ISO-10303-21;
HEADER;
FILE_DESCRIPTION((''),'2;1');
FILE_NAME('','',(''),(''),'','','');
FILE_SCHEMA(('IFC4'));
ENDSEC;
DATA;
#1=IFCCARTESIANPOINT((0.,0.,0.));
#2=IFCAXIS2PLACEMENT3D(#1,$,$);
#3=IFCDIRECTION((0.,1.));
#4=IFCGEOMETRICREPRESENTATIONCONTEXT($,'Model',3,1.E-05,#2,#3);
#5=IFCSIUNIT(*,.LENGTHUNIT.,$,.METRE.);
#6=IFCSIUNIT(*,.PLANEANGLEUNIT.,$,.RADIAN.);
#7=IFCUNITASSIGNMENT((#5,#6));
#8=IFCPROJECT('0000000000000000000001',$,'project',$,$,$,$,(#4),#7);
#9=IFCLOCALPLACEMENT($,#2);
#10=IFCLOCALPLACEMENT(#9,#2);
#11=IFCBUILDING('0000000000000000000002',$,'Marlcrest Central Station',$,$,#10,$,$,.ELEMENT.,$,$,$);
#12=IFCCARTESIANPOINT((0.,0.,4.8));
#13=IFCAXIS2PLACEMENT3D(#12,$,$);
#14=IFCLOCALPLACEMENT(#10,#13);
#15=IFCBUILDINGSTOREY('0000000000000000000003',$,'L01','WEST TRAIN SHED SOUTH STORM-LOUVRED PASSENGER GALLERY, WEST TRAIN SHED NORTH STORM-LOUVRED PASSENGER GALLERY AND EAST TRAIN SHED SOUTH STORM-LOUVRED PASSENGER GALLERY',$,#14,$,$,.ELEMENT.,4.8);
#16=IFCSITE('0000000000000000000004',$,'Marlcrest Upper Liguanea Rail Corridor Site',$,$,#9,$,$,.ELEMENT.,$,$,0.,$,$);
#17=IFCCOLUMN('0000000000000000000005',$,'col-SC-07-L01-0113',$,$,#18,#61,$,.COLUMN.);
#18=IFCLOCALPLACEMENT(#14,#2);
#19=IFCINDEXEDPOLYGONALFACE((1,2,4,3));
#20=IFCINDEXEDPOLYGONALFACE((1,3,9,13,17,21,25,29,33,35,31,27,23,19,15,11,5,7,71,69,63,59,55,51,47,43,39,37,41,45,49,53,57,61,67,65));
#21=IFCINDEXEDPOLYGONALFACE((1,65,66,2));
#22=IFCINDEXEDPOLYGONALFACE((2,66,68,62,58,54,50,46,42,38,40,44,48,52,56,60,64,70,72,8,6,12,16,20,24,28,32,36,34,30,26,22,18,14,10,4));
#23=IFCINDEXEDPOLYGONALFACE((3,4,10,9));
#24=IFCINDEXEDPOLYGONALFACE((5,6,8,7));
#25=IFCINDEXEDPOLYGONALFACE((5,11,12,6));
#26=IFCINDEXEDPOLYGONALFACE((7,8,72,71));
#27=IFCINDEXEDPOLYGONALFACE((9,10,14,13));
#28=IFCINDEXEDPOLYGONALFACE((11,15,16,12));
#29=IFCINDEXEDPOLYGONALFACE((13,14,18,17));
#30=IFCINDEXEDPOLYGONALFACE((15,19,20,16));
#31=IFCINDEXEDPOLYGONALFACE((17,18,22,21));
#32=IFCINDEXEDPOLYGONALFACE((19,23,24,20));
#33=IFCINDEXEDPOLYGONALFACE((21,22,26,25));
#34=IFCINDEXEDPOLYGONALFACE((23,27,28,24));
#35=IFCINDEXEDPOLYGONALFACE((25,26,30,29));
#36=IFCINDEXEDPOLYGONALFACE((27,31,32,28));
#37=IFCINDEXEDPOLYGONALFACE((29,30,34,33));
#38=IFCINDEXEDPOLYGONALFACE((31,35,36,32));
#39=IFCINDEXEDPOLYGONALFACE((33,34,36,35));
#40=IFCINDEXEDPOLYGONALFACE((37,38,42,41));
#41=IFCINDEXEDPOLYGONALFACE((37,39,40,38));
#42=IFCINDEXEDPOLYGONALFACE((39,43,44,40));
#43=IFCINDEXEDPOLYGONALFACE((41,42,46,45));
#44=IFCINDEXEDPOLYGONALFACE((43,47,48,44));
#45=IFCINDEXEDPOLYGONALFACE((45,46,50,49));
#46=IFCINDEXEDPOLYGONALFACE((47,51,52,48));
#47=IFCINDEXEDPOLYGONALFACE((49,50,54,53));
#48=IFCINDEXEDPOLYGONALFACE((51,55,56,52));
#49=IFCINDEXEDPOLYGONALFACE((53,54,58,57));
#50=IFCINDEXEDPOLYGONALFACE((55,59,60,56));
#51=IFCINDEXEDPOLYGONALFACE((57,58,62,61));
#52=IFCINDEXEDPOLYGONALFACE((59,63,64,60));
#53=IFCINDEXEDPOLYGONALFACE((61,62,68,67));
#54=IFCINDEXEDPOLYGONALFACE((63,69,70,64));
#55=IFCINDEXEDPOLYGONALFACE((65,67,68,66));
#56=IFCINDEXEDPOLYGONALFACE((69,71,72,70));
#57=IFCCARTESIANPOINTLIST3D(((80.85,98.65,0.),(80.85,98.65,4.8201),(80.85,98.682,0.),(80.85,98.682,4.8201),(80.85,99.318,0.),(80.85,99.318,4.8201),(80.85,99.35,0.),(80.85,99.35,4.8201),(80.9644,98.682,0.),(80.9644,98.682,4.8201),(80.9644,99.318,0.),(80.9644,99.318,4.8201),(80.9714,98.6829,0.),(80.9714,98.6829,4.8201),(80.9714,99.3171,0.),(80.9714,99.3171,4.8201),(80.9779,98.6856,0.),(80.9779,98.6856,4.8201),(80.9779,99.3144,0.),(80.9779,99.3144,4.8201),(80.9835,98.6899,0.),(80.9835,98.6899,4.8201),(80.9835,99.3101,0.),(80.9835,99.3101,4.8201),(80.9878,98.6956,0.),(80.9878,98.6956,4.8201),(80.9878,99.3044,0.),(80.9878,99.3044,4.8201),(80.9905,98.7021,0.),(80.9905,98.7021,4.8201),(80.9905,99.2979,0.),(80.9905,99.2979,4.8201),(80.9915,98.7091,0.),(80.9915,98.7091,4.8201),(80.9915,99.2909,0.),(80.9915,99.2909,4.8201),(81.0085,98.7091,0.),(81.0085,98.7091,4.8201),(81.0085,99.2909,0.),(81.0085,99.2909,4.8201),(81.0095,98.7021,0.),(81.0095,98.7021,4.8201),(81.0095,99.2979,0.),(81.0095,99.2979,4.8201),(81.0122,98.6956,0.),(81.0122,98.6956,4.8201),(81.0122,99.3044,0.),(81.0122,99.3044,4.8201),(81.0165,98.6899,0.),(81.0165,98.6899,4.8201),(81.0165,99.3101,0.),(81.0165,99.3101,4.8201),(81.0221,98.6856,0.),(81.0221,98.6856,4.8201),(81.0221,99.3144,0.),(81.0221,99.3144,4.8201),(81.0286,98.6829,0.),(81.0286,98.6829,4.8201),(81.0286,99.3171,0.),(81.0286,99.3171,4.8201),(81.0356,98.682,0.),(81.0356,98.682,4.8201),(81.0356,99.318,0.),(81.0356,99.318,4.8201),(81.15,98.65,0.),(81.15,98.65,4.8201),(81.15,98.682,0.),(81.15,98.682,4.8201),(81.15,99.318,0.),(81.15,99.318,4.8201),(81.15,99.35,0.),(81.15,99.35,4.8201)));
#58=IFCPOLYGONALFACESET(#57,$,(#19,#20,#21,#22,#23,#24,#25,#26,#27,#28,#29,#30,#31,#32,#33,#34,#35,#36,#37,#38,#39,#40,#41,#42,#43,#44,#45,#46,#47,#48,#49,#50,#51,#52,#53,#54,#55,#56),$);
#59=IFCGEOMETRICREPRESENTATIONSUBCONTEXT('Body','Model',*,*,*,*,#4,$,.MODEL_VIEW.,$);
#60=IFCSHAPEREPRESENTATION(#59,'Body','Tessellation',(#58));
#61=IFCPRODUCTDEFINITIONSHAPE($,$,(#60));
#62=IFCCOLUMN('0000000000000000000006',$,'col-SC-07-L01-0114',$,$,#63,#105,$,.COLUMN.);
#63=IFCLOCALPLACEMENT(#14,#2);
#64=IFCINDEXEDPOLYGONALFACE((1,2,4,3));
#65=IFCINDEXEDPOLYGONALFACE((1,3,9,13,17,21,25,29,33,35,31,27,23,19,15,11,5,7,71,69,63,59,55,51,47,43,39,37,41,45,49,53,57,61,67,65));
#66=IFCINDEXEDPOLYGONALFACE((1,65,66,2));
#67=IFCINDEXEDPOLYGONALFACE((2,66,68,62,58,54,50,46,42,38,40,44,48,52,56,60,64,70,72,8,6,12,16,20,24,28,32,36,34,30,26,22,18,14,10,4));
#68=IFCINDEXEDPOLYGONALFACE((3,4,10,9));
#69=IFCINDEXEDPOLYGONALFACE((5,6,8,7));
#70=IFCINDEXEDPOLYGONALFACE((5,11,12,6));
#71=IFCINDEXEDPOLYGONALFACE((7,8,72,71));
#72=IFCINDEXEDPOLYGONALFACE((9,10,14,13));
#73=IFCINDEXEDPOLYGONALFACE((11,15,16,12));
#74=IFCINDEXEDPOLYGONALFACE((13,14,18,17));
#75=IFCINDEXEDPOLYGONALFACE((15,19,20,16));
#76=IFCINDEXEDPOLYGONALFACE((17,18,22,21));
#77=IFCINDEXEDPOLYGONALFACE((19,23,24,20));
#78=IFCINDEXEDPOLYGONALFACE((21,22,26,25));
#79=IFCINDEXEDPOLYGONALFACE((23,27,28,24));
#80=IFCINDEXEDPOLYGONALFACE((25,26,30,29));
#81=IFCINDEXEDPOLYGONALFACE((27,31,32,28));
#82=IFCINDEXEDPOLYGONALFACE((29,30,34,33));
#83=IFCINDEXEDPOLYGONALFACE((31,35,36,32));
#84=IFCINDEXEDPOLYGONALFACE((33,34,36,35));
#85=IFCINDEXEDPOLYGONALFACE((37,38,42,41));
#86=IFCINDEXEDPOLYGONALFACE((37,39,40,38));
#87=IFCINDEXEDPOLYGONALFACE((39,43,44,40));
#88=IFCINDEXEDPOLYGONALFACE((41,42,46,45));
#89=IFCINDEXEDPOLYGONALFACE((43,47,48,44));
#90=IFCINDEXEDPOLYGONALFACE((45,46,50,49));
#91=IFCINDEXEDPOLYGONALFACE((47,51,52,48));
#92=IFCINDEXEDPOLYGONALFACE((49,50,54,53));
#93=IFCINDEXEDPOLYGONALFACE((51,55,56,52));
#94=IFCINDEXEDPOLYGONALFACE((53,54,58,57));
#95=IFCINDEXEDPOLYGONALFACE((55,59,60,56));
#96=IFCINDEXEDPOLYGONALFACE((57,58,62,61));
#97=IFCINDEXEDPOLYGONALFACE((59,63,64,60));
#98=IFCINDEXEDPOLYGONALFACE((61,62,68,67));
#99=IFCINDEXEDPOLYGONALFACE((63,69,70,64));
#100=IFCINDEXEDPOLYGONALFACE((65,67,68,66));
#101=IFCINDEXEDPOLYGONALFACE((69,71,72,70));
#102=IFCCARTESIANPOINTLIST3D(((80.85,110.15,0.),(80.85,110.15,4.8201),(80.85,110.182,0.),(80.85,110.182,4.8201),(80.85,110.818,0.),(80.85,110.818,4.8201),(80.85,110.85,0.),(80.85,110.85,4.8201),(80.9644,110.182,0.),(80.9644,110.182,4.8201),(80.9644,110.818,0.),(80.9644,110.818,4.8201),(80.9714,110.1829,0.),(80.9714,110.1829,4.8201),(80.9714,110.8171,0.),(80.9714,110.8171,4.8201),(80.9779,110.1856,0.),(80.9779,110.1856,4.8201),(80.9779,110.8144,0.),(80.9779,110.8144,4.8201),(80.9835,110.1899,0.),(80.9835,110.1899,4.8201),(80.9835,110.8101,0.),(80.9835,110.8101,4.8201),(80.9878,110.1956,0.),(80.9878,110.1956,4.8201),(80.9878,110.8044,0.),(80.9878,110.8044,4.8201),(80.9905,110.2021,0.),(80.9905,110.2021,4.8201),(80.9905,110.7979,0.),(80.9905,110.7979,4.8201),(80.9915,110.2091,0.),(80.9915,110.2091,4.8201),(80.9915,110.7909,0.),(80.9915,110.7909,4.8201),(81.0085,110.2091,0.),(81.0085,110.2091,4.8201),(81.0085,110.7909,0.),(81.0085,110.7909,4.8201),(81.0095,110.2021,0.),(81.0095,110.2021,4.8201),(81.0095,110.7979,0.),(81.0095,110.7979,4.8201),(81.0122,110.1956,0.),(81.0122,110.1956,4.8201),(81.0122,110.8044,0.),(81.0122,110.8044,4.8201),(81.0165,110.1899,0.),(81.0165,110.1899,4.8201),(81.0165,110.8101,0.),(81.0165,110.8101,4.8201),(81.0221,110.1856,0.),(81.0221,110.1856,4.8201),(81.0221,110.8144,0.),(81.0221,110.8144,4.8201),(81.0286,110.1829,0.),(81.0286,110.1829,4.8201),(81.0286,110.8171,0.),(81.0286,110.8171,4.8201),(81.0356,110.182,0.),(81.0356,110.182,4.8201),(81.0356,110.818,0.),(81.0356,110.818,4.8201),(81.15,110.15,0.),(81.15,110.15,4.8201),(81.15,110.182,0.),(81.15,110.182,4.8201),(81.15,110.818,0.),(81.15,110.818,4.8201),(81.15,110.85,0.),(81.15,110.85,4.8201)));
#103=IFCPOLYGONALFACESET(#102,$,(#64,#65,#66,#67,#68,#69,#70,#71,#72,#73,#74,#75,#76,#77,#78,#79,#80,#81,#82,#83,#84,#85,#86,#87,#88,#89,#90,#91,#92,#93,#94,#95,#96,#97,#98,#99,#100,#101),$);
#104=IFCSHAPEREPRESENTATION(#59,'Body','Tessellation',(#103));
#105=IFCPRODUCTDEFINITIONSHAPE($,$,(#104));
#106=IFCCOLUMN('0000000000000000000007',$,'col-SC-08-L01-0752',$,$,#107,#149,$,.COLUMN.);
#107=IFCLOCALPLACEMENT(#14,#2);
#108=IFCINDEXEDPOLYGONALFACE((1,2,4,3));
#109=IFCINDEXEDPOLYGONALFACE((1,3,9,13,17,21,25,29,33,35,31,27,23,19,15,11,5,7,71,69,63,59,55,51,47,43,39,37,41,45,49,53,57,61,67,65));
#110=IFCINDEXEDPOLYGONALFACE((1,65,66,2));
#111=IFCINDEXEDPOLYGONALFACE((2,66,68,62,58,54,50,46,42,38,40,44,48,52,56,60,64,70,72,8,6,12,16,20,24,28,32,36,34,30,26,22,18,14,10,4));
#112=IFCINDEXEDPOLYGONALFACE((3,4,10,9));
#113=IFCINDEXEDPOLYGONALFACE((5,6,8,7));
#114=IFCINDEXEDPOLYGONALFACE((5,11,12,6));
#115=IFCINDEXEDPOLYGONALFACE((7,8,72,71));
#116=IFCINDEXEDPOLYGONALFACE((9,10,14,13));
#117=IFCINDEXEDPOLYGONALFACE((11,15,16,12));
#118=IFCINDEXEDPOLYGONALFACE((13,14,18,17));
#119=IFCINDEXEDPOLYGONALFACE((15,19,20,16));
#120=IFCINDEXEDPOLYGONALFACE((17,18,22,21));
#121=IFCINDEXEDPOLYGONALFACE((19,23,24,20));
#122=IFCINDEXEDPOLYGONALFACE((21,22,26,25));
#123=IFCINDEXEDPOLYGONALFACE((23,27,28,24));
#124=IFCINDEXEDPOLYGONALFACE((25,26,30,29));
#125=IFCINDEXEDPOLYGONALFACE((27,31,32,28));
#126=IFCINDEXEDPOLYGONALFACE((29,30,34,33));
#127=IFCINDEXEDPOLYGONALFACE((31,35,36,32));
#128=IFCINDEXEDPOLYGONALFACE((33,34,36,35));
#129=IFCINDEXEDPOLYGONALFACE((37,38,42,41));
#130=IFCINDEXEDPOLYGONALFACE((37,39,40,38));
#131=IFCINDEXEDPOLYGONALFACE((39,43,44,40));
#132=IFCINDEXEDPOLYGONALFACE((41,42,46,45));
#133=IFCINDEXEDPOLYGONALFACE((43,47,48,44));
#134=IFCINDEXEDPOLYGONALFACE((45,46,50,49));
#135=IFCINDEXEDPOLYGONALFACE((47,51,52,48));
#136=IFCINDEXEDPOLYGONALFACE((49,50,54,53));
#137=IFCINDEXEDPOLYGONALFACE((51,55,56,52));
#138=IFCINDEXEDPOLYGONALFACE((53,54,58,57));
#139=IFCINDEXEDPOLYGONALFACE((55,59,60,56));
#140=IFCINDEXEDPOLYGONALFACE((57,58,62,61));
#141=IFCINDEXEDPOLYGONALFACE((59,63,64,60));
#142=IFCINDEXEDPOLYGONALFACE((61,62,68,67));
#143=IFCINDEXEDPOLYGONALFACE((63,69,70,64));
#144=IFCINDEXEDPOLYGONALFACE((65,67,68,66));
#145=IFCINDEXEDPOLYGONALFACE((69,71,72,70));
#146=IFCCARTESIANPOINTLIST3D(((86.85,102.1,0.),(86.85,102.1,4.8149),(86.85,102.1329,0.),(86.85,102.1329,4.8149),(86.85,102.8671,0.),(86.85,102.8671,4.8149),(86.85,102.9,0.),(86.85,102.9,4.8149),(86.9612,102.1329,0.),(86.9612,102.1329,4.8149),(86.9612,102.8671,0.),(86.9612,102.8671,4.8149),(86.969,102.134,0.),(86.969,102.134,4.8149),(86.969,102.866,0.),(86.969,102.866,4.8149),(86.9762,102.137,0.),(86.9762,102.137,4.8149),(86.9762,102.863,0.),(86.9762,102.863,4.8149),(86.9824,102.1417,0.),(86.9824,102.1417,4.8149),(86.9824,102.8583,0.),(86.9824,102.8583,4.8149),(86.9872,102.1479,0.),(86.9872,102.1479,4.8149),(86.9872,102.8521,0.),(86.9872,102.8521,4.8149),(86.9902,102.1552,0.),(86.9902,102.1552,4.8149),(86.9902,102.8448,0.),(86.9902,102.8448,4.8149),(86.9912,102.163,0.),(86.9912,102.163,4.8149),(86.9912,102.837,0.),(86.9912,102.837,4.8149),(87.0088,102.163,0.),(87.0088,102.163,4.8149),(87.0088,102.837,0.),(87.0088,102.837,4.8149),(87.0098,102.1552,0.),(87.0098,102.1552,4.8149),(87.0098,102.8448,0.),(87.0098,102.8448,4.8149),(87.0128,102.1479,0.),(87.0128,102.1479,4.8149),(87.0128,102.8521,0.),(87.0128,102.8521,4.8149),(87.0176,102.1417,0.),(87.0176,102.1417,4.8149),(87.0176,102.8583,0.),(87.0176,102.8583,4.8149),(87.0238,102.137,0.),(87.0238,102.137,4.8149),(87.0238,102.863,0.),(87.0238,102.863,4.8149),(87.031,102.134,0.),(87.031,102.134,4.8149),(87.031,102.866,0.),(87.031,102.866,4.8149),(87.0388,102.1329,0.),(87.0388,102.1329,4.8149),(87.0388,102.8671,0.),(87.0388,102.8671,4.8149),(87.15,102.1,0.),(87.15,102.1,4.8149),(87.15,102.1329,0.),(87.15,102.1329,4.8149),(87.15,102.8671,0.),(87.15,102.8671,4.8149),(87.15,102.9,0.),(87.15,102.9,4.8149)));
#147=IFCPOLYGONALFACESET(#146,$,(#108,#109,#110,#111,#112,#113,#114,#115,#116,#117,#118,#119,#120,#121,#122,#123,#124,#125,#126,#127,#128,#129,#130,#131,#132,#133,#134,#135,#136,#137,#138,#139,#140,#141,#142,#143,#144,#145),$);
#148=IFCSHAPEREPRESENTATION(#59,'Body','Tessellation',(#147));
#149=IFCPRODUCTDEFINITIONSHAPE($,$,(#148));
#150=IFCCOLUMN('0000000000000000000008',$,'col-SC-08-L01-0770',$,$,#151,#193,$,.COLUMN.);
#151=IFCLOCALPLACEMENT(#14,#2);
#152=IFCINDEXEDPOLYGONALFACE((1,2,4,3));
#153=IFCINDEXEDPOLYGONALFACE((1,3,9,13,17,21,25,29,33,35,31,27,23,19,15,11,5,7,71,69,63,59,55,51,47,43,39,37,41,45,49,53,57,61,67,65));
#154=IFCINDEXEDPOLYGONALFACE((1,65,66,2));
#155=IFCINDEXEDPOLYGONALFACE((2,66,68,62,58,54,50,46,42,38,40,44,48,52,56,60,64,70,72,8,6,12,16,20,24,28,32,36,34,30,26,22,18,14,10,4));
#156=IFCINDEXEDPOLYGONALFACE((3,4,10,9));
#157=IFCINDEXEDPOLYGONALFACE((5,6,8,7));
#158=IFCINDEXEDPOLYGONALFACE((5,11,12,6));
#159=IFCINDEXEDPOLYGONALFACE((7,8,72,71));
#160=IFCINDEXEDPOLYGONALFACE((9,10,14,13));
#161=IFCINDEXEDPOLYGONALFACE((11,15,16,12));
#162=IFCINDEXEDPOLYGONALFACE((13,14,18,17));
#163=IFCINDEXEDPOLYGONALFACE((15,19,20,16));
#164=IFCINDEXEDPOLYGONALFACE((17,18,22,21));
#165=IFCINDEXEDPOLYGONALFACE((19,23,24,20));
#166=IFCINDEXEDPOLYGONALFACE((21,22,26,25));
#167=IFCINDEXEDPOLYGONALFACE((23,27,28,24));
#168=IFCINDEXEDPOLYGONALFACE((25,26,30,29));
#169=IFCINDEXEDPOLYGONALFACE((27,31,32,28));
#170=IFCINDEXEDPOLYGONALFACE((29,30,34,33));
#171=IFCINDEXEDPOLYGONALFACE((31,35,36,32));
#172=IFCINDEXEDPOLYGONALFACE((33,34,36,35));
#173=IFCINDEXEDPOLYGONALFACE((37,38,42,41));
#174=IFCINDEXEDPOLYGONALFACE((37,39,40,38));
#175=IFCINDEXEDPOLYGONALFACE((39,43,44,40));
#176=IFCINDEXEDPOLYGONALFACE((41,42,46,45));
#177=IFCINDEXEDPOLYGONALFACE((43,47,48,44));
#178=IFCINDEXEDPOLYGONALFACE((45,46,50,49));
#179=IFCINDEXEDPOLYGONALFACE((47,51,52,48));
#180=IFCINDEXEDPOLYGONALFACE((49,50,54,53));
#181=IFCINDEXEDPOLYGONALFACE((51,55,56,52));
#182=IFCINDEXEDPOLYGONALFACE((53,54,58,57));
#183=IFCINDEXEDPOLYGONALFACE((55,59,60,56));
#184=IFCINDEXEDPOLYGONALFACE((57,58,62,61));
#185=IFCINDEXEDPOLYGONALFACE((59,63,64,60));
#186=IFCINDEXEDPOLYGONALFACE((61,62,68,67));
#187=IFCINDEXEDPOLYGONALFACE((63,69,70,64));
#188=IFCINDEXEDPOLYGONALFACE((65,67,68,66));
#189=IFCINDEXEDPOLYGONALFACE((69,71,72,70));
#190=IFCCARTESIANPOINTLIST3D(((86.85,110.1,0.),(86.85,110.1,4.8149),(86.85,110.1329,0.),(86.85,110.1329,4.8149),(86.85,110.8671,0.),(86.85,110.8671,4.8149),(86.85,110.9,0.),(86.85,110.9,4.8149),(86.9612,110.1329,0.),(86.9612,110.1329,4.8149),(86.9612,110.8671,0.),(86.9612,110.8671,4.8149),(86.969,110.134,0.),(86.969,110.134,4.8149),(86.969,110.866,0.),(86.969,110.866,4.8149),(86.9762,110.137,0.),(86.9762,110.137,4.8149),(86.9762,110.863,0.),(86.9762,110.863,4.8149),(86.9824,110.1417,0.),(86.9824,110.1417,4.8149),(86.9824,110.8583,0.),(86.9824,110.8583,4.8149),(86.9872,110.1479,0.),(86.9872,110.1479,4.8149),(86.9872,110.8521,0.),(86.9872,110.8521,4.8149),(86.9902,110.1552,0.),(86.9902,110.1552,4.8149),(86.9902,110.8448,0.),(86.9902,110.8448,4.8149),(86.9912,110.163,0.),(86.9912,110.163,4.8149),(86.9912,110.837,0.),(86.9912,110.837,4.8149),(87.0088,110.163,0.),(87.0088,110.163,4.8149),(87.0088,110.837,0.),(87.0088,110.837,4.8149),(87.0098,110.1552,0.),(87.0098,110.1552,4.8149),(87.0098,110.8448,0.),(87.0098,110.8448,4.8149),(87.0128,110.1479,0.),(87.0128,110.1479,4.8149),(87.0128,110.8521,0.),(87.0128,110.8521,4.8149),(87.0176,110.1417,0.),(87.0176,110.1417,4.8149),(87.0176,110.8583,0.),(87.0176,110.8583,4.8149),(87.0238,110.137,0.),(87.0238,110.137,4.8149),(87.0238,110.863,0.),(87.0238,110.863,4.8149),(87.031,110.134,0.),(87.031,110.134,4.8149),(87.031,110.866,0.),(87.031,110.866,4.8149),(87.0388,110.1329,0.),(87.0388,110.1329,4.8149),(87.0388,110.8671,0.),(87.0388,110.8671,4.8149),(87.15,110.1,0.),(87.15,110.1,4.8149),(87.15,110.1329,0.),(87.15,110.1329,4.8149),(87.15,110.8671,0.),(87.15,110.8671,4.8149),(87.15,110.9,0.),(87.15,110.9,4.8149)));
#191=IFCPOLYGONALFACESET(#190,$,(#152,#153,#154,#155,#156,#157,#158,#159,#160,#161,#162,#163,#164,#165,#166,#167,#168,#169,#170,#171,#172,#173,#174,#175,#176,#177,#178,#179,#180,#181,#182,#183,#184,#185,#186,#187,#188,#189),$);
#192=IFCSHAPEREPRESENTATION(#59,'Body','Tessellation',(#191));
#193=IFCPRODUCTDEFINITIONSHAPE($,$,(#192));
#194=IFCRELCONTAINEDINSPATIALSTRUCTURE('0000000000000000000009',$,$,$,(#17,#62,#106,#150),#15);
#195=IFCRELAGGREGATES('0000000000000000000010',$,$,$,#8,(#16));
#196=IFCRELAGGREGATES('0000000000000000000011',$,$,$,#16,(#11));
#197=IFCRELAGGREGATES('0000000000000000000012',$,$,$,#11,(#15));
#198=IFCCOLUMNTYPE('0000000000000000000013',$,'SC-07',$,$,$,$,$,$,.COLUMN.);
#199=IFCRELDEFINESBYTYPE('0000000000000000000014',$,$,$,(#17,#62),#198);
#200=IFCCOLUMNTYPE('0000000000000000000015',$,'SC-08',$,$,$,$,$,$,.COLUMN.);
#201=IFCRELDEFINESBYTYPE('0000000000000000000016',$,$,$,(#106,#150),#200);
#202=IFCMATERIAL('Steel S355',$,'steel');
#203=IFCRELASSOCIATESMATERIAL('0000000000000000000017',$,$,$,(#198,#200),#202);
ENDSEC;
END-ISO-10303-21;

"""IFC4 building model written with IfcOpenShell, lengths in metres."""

from ifc_helpers import new_model, si_unit, direction, frame, origin, origin_2d, place, context, subcontext, project, spatial, i_section, extrude, material, material_profile, profile_set, type_object, element, save


model = new_model("IFC4")

# Units and contexts
model_context = context("Model", 3, precision=1e-05, world=origin(), true_north=direction((0.0, 1.0)))
body_context = subcontext(model_context, "Body", "Model", "MODEL_VIEW")
ifc_project = project(units=[si_unit("LENGTHUNIT", "METRE"), si_unit("PLANEANGLEUNIT", "RADIAN")], contexts=[model_context])

# Site, building, storey
site_placement = place(None, origin())
site = spatial("IfcSite", under=ifc_project, at=site_placement, Name="Marlcrest Upper Liguanea Rail Corridor Site", CompositionType="ELEMENT", RefElevation=0.0)
building_placement = place(site_placement, origin())
building = spatial("IfcBuilding", under=site, at=building_placement, Name="Marlcrest Central Station", CompositionType="ELEMENT")
storey_placement = place(building_placement, frame((0.0, 0.0, 4.8)))
storey = spatial("IfcBuildingStorey", under=building, at=storey_placement, Name="L01", Description="WEST TRAIN SHED SOUTH STORM-LOUVRED PASSENGER GALLERY, WEST TRAIN SHED NORTH STORM-LOUVRED PASSENGER GALLERY AND EAST TRAIN SHED SOUTH STORM-LOUVRED PASSENGER GALLERY", CompositionType="ELEMENT", Elevation=4.8)

# Columns
ifc_material_1 = material(Name="Steel S355", Category="steel")
ifc_material_profile_1 = material_profile(ifc_material_1, i_section(OverallWidth=0.3, OverallDepth=0.7, WebThickness=0.0171, FlangeThickness=0.032, FilletRadius=0.0271, at=origin_2d()), Name="HEB 700")
ifc_profile_set_1 = profile_set([ifc_material_profile_1], Name="Steel S355")
column_type_1 = type_object("IfcColumnType", Name="SC-07", PredefinedType="COLUMN", material=ifc_profile_set_1)
for number, where, z_axis, x_axis, name in (
    (1, (81.0, 99.0, 0.0), (0.0, 0.0, 1.0), (1.0, 0.0, 0.0), "col-SC-07-L01-0113"),
    (2, (81.0, 110.5, 0.0), (0.0, 0.0, 1.0), (1.0, 0.0, 0.0), "col-SC-07-L01-0114"),
):
    element("IfcColumn", number, at=place(storey_placement, frame(where, z_axis=z_axis, x_axis=x_axis)), inside=storey, type_object=column_type_1, Name=name, PredefinedType="COLUMN", context=body_context, shape_type="SweptSolid", body=[
        extrude(i_section(OverallWidth=0.3, OverallDepth=0.7, WebThickness=0.0171, FlangeThickness=0.032, FilletRadius=0.0271, at=origin_2d()), origin(), (0.0, 0.0, 1.0), 4.8201),
    ])
ifc_material_profile_2 = material_profile(ifc_material_1, i_section(OverallWidth=0.3, OverallDepth=0.8, WebThickness=0.0176, FlangeThickness=0.033, FilletRadius=0.03, at=origin_2d()), Name="HEB 800")
ifc_profile_set_2 = profile_set([ifc_material_profile_2], Name="Steel S355")
column_type_2 = type_object("IfcColumnType", Name="SC-08", PredefinedType="COLUMN", material=ifc_profile_set_2)
for number, where, z_axis, x_axis, name in (
    (3, (87.0, 102.5, 0.0), (0.0, 0.0, 1.0), (1.0, 0.0, 0.0), "col-SC-08-L01-0752"),
    (4, (87.0, 110.5, 0.0), (0.0, 0.0, 1.0), (1.0, 0.0, 0.0), "col-SC-08-L01-0770"),
):
    element("IfcColumn", number, at=place(storey_placement, frame(where, z_axis=z_axis, x_axis=x_axis)), inside=storey, type_object=column_type_2, Name=name, PredefinedType="COLUMN", context=body_context, shape_type="SweptSolid", body=[
        extrude(i_section(OverallWidth=0.3, OverallDepth=0.8, WebThickness=0.0176, FlangeThickness=0.033, FilletRadius=0.03, at=origin_2d()), origin(), (0.0, 0.0, 1.0), 4.8149),
    ])

save(model, "model.ifc")
